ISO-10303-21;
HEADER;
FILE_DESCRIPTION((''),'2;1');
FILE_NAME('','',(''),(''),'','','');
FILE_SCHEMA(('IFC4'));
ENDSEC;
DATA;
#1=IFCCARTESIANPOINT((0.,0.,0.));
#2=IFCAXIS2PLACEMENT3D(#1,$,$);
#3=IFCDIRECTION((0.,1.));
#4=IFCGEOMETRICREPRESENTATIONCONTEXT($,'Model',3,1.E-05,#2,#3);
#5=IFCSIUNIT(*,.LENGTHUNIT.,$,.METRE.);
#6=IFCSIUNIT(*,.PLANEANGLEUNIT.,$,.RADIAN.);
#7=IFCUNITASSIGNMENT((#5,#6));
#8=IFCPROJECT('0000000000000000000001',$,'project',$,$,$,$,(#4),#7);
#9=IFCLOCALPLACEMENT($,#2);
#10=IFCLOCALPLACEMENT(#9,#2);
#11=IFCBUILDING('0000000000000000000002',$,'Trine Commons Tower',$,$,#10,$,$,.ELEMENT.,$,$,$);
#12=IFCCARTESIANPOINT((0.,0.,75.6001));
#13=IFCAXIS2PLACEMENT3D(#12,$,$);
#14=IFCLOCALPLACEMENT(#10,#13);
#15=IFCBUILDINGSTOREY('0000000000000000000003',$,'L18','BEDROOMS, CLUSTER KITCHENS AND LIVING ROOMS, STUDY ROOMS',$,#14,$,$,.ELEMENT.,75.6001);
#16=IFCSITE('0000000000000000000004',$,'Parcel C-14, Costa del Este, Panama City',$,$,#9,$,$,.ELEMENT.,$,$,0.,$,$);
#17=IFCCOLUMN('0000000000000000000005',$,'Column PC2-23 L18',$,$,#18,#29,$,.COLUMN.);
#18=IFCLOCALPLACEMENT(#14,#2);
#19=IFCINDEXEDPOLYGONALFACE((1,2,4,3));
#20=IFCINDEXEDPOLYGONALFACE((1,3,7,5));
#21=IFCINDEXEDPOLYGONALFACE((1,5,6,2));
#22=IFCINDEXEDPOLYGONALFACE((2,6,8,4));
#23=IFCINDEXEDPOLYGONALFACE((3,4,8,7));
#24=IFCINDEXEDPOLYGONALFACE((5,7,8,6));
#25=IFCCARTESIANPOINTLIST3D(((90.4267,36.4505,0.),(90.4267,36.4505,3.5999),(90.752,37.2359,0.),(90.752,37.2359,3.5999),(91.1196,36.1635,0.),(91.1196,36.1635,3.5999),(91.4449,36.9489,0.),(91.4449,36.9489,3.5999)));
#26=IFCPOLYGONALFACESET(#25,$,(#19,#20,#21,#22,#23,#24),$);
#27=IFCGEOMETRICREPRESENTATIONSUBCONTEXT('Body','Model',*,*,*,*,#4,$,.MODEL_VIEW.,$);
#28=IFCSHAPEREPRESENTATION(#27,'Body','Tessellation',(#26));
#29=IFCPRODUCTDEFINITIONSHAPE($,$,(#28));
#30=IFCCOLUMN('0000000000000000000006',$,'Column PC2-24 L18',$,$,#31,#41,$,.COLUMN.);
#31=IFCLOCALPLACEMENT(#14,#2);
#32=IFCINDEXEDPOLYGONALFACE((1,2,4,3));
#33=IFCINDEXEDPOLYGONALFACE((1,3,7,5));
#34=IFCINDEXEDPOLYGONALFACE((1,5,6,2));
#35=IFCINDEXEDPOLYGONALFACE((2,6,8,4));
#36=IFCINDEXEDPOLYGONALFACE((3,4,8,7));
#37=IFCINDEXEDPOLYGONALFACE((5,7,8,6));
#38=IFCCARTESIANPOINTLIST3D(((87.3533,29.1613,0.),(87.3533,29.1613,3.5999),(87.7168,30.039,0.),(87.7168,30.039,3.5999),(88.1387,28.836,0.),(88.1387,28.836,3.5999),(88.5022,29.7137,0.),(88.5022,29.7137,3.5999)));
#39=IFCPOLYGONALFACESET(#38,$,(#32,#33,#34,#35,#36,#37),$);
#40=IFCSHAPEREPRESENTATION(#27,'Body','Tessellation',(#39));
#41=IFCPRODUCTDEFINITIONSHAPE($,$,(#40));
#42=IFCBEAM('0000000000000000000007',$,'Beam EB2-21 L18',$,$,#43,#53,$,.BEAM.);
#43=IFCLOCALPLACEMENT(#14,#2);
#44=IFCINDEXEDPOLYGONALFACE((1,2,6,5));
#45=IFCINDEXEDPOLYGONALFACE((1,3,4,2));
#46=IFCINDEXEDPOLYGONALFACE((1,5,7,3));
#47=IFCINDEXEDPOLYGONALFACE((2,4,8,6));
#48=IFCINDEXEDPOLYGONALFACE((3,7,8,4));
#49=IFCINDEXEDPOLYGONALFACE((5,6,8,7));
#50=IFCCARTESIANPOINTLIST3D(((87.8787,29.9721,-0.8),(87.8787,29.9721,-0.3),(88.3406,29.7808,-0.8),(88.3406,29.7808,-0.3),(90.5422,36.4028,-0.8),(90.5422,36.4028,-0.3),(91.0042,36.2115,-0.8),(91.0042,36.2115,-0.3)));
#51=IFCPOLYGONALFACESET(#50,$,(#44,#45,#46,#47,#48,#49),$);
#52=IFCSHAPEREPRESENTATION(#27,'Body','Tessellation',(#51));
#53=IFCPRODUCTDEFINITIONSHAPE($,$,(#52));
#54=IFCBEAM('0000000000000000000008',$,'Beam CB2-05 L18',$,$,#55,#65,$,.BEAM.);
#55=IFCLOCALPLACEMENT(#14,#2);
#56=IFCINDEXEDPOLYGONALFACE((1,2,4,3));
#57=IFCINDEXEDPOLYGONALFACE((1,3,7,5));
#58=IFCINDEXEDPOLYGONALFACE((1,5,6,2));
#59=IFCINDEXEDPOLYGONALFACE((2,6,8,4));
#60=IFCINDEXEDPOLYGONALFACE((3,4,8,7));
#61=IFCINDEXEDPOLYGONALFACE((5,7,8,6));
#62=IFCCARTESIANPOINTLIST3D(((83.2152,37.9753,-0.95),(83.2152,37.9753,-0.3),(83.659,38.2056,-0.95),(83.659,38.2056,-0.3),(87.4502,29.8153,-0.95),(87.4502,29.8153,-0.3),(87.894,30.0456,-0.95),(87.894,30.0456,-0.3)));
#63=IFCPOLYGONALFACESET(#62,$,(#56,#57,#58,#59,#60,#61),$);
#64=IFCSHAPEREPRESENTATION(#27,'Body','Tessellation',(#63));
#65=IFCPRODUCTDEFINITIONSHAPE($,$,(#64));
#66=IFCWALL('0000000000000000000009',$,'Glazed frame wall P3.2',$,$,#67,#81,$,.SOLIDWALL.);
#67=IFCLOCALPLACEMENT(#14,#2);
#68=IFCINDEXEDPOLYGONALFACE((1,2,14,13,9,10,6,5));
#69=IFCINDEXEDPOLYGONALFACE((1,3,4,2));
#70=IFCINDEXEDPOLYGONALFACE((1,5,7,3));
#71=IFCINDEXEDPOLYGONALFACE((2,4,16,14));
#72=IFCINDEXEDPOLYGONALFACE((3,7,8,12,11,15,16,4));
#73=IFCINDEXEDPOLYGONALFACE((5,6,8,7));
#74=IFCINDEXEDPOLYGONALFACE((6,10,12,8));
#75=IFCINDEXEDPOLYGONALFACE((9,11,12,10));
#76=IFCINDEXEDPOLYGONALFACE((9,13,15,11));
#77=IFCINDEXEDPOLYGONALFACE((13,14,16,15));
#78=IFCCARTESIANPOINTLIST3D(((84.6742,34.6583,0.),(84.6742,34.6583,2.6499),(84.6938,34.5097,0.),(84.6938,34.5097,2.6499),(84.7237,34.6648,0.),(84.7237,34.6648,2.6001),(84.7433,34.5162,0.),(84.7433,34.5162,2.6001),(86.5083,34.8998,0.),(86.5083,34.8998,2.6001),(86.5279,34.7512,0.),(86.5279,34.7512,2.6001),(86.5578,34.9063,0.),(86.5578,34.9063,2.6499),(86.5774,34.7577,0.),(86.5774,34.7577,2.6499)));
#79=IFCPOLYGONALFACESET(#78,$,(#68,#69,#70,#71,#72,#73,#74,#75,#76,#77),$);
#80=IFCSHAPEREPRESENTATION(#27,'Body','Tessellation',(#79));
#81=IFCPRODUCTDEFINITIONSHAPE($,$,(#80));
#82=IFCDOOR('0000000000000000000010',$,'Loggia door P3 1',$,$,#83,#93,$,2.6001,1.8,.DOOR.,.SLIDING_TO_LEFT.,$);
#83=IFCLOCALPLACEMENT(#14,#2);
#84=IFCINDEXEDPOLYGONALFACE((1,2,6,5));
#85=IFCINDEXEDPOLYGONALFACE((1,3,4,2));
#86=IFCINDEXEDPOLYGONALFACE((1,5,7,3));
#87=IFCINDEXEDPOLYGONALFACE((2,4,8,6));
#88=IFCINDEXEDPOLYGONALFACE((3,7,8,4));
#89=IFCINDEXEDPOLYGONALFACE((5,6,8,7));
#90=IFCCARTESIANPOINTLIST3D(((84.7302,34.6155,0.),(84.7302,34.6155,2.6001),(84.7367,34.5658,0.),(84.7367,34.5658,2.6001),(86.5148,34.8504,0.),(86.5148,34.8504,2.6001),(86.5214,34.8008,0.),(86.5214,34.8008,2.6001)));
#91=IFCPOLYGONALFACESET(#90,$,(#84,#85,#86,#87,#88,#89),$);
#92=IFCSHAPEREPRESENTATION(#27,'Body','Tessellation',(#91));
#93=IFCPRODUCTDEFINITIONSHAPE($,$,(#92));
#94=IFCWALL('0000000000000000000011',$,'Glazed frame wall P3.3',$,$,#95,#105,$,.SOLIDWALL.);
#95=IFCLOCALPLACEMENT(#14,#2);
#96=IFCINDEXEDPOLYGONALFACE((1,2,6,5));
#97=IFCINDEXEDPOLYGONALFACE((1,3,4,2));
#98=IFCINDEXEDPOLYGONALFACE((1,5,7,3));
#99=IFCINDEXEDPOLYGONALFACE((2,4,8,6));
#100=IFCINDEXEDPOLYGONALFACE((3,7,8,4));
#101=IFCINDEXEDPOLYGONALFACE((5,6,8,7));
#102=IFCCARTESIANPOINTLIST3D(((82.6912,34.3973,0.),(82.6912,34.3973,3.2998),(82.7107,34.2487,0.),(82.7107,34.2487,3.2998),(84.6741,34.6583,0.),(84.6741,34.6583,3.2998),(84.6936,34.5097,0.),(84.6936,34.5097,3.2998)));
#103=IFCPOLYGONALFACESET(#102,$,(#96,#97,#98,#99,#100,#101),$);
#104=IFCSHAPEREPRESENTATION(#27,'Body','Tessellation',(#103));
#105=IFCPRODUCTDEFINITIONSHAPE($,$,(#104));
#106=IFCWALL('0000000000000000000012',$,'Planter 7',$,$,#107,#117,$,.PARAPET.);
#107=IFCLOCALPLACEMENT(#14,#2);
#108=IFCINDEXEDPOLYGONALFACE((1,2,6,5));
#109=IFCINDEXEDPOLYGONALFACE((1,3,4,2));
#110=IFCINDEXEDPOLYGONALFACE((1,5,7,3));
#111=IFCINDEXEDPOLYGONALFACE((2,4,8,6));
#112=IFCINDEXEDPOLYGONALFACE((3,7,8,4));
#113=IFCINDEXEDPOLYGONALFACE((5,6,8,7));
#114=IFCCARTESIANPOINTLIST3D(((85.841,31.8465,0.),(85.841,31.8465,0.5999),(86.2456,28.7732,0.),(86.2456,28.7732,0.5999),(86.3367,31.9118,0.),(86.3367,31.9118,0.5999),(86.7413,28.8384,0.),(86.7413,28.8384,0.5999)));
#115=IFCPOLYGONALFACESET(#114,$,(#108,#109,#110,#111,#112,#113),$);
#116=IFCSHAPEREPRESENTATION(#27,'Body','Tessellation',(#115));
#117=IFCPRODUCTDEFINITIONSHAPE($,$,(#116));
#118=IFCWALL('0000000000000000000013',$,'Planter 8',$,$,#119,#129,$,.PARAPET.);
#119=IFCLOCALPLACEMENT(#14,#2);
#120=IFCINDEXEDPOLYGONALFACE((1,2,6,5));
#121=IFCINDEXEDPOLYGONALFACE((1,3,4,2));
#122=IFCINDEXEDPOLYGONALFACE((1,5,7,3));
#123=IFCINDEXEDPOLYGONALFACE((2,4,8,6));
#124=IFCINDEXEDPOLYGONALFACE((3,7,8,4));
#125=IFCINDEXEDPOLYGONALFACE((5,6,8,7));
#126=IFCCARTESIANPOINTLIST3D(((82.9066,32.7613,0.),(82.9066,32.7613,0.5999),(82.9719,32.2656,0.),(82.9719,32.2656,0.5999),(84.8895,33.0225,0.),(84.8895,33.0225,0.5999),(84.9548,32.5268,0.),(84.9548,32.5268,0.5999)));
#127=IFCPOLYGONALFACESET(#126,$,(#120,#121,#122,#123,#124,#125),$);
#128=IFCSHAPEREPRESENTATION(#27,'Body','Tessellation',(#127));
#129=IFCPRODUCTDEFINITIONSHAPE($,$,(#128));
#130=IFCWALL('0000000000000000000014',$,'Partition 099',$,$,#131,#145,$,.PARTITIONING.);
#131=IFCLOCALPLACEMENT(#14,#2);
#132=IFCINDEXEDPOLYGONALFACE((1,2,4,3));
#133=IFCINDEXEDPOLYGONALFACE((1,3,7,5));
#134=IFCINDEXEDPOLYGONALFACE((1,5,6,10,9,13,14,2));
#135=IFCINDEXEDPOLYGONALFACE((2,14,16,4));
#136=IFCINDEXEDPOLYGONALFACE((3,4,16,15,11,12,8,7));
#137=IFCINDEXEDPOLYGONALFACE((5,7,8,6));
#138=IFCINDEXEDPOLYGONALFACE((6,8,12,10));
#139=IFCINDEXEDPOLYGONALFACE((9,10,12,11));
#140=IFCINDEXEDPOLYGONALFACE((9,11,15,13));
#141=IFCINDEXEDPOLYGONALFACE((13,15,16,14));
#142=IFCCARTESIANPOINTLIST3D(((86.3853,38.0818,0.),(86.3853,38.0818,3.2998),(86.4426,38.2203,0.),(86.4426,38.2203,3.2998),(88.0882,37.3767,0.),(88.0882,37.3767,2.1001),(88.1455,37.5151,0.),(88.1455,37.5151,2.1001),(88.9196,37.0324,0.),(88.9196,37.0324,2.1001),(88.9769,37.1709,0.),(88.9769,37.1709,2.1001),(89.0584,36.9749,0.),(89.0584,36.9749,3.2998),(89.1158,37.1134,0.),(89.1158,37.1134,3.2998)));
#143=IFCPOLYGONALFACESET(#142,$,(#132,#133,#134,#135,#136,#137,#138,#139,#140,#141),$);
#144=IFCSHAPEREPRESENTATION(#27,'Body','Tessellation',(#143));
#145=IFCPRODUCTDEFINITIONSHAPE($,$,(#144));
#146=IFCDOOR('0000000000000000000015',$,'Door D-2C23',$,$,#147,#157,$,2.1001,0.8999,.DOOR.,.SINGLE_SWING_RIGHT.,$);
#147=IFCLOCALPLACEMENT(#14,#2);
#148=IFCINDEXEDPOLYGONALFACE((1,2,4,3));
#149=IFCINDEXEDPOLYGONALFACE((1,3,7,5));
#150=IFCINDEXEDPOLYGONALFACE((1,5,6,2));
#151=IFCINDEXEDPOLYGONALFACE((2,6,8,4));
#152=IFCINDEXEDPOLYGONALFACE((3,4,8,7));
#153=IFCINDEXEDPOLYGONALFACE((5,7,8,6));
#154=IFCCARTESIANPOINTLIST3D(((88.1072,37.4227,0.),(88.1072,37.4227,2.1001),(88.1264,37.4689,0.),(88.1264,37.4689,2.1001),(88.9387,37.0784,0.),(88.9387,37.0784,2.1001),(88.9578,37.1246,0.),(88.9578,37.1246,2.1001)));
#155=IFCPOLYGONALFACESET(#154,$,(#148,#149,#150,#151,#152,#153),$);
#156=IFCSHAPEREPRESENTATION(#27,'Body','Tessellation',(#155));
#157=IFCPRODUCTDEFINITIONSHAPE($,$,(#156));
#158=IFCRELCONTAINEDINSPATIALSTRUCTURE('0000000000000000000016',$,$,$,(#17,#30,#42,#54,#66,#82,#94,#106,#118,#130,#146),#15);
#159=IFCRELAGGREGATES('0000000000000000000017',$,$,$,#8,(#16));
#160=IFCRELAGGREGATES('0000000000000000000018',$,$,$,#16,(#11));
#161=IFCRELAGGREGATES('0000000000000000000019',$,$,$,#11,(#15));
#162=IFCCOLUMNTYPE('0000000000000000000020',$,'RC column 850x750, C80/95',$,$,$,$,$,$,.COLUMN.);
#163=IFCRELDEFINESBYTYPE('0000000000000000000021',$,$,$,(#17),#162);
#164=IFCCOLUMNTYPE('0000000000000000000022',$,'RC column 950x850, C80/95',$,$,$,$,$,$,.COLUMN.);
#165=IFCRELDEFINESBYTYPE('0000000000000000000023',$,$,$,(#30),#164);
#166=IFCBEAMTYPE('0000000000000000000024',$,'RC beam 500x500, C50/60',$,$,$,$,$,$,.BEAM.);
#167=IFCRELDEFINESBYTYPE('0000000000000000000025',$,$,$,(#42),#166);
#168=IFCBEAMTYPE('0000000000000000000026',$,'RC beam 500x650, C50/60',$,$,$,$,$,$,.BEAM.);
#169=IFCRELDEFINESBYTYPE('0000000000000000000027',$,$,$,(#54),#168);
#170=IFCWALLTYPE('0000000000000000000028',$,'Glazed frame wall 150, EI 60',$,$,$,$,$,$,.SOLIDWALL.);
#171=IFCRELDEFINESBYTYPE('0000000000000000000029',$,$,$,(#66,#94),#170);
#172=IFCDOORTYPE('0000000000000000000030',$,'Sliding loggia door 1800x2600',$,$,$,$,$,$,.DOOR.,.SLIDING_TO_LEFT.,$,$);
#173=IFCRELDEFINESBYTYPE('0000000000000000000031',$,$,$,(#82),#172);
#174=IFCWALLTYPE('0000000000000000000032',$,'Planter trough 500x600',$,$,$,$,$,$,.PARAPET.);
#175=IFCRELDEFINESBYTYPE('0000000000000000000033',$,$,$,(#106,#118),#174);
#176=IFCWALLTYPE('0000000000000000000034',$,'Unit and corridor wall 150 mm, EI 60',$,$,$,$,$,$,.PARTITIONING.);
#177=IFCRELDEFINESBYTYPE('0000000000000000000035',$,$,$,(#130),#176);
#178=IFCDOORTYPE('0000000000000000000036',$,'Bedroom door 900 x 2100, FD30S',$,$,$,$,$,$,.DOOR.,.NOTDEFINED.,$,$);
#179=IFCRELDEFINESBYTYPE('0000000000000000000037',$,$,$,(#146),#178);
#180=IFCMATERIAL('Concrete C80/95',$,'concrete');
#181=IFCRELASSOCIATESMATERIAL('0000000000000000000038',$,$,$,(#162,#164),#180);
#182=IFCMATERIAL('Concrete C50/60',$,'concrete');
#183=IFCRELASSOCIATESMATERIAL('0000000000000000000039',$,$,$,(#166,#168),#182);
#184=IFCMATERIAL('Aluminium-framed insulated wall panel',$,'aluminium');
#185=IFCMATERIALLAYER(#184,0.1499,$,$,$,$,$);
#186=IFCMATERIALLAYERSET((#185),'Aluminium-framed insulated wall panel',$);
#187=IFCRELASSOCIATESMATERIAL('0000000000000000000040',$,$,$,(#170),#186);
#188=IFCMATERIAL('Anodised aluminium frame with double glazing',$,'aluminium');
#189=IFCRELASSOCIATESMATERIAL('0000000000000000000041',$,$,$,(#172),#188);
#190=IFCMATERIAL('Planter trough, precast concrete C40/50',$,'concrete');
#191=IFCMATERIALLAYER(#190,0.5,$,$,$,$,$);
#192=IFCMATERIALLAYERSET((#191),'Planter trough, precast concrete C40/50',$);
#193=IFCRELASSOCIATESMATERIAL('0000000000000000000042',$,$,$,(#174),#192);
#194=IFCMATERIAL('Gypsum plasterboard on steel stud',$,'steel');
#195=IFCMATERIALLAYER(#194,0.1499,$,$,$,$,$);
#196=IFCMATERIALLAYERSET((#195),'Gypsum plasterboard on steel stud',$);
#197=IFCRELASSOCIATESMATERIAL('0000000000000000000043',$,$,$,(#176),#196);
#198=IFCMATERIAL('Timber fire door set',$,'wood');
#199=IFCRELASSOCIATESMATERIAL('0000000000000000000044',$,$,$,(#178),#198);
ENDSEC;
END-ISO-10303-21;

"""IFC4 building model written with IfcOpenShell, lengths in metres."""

from ifc_helpers import new_model, si_unit, direction, frame, frame_2d, origin, origin_2d, place, context, subcontext, project, spatial, polyline, rectangle, outline, extrude, material, layer, layer_set, material_profile, profile_set, type_object, element, fill, save


model = new_model("IFC4")

# Units and contexts
model_context = context("Model", 3, precision=1e-05, world=origin(), true_north=direction((0.0, 1.0)))
body_context = subcontext(model_context, "Body", "Model", "MODEL_VIEW")
ifc_project = project(units=[si_unit("LENGTHUNIT", "METRE"), si_unit("PLANEANGLEUNIT", "RADIAN")], contexts=[model_context])

# Site, building, storey
site_placement = place(None, origin())
site = spatial("IfcSite", under=ifc_project, at=site_placement, Name="Parcel C-14, Costa del Este, Panama City", CompositionType="ELEMENT", RefElevation=0.0)
building_placement = place(site_placement, origin())
building = spatial("IfcBuilding", under=site, at=building_placement, Name="Trine Commons Tower", CompositionType="ELEMENT")
storey_placement = place(building_placement, frame((0.0, 0.0, 75.6001)))
storey = spatial("IfcBuildingStorey", under=building, at=storey_placement, Name="L18", Description="BEDROOMS, CLUSTER KITCHENS AND LIVING ROOMS, STUDY ROOMS", CompositionType="ELEMENT", Elevation=75.6001)

# Columns
ifc_material_1 = material(Name="Concrete C80/95", Category="concrete")
ifc_material_profile_1 = material_profile(ifc_material_1, rectangle(XDim=0.8501, YDim=0.75, at=origin_2d()), Name="RC 850x750")
ifc_profile_set_1 = profile_set([ifc_material_profile_1], Name="Concrete C80/95")
column_type_1 = type_object("IfcColumnType", Name="RC column 850x750, C80/95", PredefinedType="COLUMN", material=ifc_profile_set_1)
column_1_placement = place(storey_placement, frame((90.9358, 36.6997, 0.0), z_axis=(0.0, 0.0, 1.0), x_axis=(0.382683, 0.92388, 0.0)))
element("IfcColumn", 1, at=column_1_placement, inside=storey, type_object=column_type_1, Name="Column PC2-23 L18", PredefinedType="COLUMN", context=body_context, shape_type="SweptSolid", body=[
    extrude(rectangle(XDim=0.8501, YDim=0.75, at=origin_2d()), origin(), (0.0, 0.0, 1.0), 3.5999),
])
ifc_material_profile_2 = material_profile(ifc_material_1, rectangle(XDim=0.95, YDim=0.8501, at=origin_2d()), Name="RC 950x850")
ifc_profile_set_2 = profile_set([ifc_material_profile_2], Name="Concrete C80/95")
column_type_2 = type_object("IfcColumnType", Name="RC column 950x850, C80/95", PredefinedType="COLUMN", material=ifc_profile_set_2)
column_2_placement = place(storey_placement, frame((87.9277, 29.4375, 0.0), z_axis=(0.0, 0.0, 1.0), x_axis=(0.382683, 0.92388, 0.0)))
element("IfcColumn", 2, at=column_2_placement, inside=storey, type_object=column_type_2, Name="Column PC2-24 L18", PredefinedType="COLUMN", context=body_context, shape_type="SweptSolid", body=[
    extrude(rectangle(XDim=0.95, YDim=0.8501, at=origin_2d()), origin(), (0.0, 0.0, 1.0), 3.5999),
])

# Beams
ifc_material_2 = material(Name="Concrete C50/60", Category="concrete")
ifc_material_profile_3 = material_profile(ifc_material_2, rectangle(XDim=0.5, YDim=0.5, at=origin_2d()), Name="RC 500x500")
ifc_profile_set_3 = profile_set([ifc_material_profile_3], Name="Concrete C50/60")
beam_type_1 = type_object("IfcBeamType", Name="RC beam 500x500, C50/60", PredefinedType="BEAM", material=ifc_profile_set_3)
beam_1_placement = place(storey_placement, frame((90.7732, 36.3071, -0.55), z_axis=(-0.382672, -0.923884, 0.0), x_axis=(0.923884, -0.382672, 0.0)))
element("IfcBeam", 3, at=beam_1_placement, inside=storey, type_object=beam_type_1, Name="Beam EB2-21 L18", PredefinedType="BEAM", context=body_context, shape_type="SweptSolid", body=[
    extrude(rectangle(XDim=0.5, YDim=0.5, at=origin_2d()), origin(), (0.0, 0.0, 1.0), 6.9604),
])
ifc_material_profile_4 = material_profile(ifc_material_2, rectangle(XDim=0.5, YDim=0.6499, at=origin_2d()), Name="RC 500x650")
ifc_profile_set_4 = profile_set([ifc_material_profile_4], Name="Concrete C50/60")
beam_type_2 = type_object("IfcBeamType", Name="RC beam 500x650, C50/60", PredefinedType="BEAM", material=ifc_profile_set_4)
beam_2_placement = place(storey_placement, frame((87.6721, 29.9304, -0.625), z_axis=(-0.460653, 0.88758, 0.0), x_axis=(-0.88758, -0.460653, 0.0)))
element("IfcBeam", 4, at=beam_2_placement, inside=storey, type_object=beam_type_2, Name="Beam CB2-05 L18", PredefinedType="BEAM", context=body_context, shape_type="SweptSolid", body=[
    extrude(rectangle(XDim=0.5, YDim=0.6499, at=origin_2d()), origin(), (0.0, 0.0, 1.0), 9.1936),
])

# Shared definitions
ifc_material_3 = material(Name="Aluminium-framed insulated wall panel", Category="aluminium")
ifc_layer_1 = layer(ifc_material_3, 0.1499)
ifc_layer_set_1 = layer_set([ifc_layer_1], Name="Aluminium-framed insulated wall panel")
wall_type_1 = type_object("IfcWallType", Name="Glazed frame wall 150, EI 60", PredefinedType="SOLIDWALL", material=ifc_layer_set_1)

# Wall, opening, door
wall_1_placement = place(storey_placement, frame((86.5676, 34.832, 0.0), z_axis=(0.0, 0.0, 1.0), x_axis=(-0.991442, -0.130548, 0.0)))
wall_1 = element("IfcWall", 5, at=wall_1_placement, inside=storey, type_object=wall_type_1, Name="Glazed frame wall P3.2", PredefinedType="SOLIDWALL", context=body_context, shape_type="SweptSolid", body=[
    extrude(outline(polyline([(0.0, -0.075), (1.8999, -0.075), (1.8999, 0.075), (0.0, 0.075), (0.0, -0.075)])), origin(), (0.0, 0.0, 1.0), 2.6499),
])
opening_1_placement = place(wall_1_placement, frame((0.05, 0.0, 0.0)))
opening_1 = element("IfcOpeningElement", 6, at=opening_1_placement, cuts=wall_1, PredefinedType="OPENING", context=body_context, shape_type="SweptSolid", body=[
    extrude(rectangle(XDim=1.8, YDim=2.6001, at=frame_2d((0.8999, 1.3))), frame((0.0, 0.085, 0.0), z_axis=(0.0, -1.0, 0.0), x_axis=(1.0, 0.0, 0.0)), (0.0, 0.0, 1.0), 0.1699),
])
ifc_material_4 = material(Name="Anodised aluminium frame with double glazing", Category="aluminium")
door_type_1 = type_object("IfcDoorType", Name="Sliding loggia door 1800x2600", OperationType="SLIDING_TO_LEFT", PredefinedType="DOOR", material=ifc_material_4)
door_1_placement = place(opening_1_placement, origin())
door_1 = element("IfcDoor", 7, at=door_1_placement, inside=storey, type_object=door_type_1, Name="Loggia door P3 1", OperationType="SLIDING_TO_LEFT", OverallHeight=2.6001, OverallWidth=1.8, PredefinedType="DOOR", context=body_context, shape_type="SweptSolid", body=[
    extrude(rectangle(XDim=1.8, YDim=2.6001, at=frame_2d((0.8999, 1.3))), frame((0.0, 0.0249, 0.0), z_axis=(0.0, -1.0, 0.0), x_axis=(1.0, 0.0, 0.0)), (0.0, 0.0, 1.0), 0.05),
])
fill(opening_1, door_1)

# Walls
wall_2_placement = place(storey_placement, frame((84.6838, 34.584, 0.0), z_axis=(0.0, 0.0, 1.0), x_axis=(-0.991449, -0.130492, 0.0)))
element("IfcWall", 8, at=wall_2_placement, inside=storey, type_object=wall_type_1, Name="Glazed frame wall P3.3", PredefinedType="SOLIDWALL", context=body_context, shape_type="SweptSolid", body=[
    extrude(outline(polyline([(0.0, -0.075), (2.0, -0.075), (2.0, 0.075), (0.0, 0.075), (0.0, -0.075)])), origin(), (0.0, 0.0, 1.0), 3.2998),
])
ifc_material_5 = material(Name="Planter trough, precast concrete C40/50", Category="concrete")
ifc_layer_2 = layer(ifc_material_5, 0.5)
ifc_layer_set_2 = layer_set([ifc_layer_2], Name="Planter trough, precast concrete C40/50")
wall_type_2 = type_object("IfcWallType", Name="Planter trough 500x600", PredefinedType="PARAPET", material=ifc_layer_set_2)
wall_3_placement = place(storey_placement, frame((86.4934, 28.8059, 0.0), z_axis=(0.0, 0.0, 1.0), x_axis=(-0.130507, 0.991447, 0.0)))
element("IfcWall", 9, at=wall_3_placement, inside=storey, type_object=wall_type_2, Name="Planter 7", PredefinedType="PARAPET", context=body_context, shape_type="SweptSolid", body=[
    extrude(rectangle(XDim=3.0999, YDim=0.5, at=frame_2d((1.5498, 0.0))), origin(), (0.0, 0.0, 1.0), 0.5999),
])
wall_4_placement = place(storey_placement, frame((84.9221, 32.7747, 0.0), z_axis=(0.0, 0.0, 1.0), x_axis=(-0.991434, -0.130612, 0.0)))
element("IfcWall", 10, at=wall_4_placement, inside=storey, type_object=wall_type_2, Name="Planter 8", PredefinedType="PARAPET", context=body_context, shape_type="SweptSolid", body=[
    extrude(rectangle(XDim=2.0, YDim=0.5, at=frame_2d((1.0, 0.0))), origin(), (0.0, 0.0, 1.0), 0.5999),
])

# Wall, opening, door
ifc_material_6 = material(Name="Gypsum plasterboard on steel stud", Category="steel")
ifc_layer_3 = layer(ifc_material_6, 0.1499)
ifc_layer_set_3 = layer_set([ifc_layer_3], Name="Gypsum plasterboard on steel stud")
wall_type_3 = type_object("IfcWallType", Name="Unit and corridor wall 150 mm, EI 60", PredefinedType="PARTITIONING", material=ifc_layer_set_3)
wall_5_placement = place(storey_placement, frame((86.4138, 38.1511, 0.0), z_axis=(0.0, 0.0, 1.0), x_axis=(0.923916, -0.382595, 0.0)))
wall_5 = element("IfcWall", 11, at=wall_5_placement, inside=storey, type_object=wall_type_3, Name="Partition 099", PredefinedType="PARTITIONING", context=body_context, shape_type="SweptSolid", body=[
    extrude(rectangle(XDim=2.8933, YDim=0.1499, at=frame_2d((1.4468, 0.0))), origin(), (0.0, 0.0, 1.0), 3.2998),
])
opening_2_placement = place(wall_5_placement, frame((1.8433, 0.0, 0.0)))
opening_2 = element("IfcOpeningElement", 12, at=opening_2_placement, cuts=wall_5, PredefinedType="OPENING", context=body_context, shape_type="SweptSolid", body=[
    extrude(rectangle(XDim=0.8999, YDim=2.1001, at=frame_2d((0.45, 1.05))), frame((0.0, 0.085, 0.0), z_axis=(0.0, -1.0, 0.0), x_axis=(1.0, 0.0, 0.0)), (0.0, 0.0, 1.0), 0.1699),
])
ifc_material_7 = material(Name="Timber fire door set", Category="wood")
door_type_2 = type_object("IfcDoorType", Name="Bedroom door 900 x 2100, FD30S", OperationType="NOTDEFINED", PredefinedType="DOOR", material=ifc_material_7)
door_2_placement = place(opening_2_placement, origin())
door_2 = element("IfcDoor", 13, at=door_2_placement, inside=storey, type_object=door_type_2, Name="Door D-2C23", OperationType="SINGLE_SWING_RIGHT", OverallHeight=2.1001, OverallWidth=0.8999, PredefinedType="DOOR", context=body_context, shape_type="SweptSolid", body=[
    extrude(rectangle(XDim=0.8999, YDim=2.1001, at=frame_2d((0.45, 1.05))), frame((0.0, 0.0249, 0.0), z_axis=(0.0, -1.0, 0.0), x_axis=(1.0, 0.0, 0.0)), (0.0, 0.0, 1.0), 0.05),
])
fill(opening_2, door_2)

save(model, "model.ifc")
